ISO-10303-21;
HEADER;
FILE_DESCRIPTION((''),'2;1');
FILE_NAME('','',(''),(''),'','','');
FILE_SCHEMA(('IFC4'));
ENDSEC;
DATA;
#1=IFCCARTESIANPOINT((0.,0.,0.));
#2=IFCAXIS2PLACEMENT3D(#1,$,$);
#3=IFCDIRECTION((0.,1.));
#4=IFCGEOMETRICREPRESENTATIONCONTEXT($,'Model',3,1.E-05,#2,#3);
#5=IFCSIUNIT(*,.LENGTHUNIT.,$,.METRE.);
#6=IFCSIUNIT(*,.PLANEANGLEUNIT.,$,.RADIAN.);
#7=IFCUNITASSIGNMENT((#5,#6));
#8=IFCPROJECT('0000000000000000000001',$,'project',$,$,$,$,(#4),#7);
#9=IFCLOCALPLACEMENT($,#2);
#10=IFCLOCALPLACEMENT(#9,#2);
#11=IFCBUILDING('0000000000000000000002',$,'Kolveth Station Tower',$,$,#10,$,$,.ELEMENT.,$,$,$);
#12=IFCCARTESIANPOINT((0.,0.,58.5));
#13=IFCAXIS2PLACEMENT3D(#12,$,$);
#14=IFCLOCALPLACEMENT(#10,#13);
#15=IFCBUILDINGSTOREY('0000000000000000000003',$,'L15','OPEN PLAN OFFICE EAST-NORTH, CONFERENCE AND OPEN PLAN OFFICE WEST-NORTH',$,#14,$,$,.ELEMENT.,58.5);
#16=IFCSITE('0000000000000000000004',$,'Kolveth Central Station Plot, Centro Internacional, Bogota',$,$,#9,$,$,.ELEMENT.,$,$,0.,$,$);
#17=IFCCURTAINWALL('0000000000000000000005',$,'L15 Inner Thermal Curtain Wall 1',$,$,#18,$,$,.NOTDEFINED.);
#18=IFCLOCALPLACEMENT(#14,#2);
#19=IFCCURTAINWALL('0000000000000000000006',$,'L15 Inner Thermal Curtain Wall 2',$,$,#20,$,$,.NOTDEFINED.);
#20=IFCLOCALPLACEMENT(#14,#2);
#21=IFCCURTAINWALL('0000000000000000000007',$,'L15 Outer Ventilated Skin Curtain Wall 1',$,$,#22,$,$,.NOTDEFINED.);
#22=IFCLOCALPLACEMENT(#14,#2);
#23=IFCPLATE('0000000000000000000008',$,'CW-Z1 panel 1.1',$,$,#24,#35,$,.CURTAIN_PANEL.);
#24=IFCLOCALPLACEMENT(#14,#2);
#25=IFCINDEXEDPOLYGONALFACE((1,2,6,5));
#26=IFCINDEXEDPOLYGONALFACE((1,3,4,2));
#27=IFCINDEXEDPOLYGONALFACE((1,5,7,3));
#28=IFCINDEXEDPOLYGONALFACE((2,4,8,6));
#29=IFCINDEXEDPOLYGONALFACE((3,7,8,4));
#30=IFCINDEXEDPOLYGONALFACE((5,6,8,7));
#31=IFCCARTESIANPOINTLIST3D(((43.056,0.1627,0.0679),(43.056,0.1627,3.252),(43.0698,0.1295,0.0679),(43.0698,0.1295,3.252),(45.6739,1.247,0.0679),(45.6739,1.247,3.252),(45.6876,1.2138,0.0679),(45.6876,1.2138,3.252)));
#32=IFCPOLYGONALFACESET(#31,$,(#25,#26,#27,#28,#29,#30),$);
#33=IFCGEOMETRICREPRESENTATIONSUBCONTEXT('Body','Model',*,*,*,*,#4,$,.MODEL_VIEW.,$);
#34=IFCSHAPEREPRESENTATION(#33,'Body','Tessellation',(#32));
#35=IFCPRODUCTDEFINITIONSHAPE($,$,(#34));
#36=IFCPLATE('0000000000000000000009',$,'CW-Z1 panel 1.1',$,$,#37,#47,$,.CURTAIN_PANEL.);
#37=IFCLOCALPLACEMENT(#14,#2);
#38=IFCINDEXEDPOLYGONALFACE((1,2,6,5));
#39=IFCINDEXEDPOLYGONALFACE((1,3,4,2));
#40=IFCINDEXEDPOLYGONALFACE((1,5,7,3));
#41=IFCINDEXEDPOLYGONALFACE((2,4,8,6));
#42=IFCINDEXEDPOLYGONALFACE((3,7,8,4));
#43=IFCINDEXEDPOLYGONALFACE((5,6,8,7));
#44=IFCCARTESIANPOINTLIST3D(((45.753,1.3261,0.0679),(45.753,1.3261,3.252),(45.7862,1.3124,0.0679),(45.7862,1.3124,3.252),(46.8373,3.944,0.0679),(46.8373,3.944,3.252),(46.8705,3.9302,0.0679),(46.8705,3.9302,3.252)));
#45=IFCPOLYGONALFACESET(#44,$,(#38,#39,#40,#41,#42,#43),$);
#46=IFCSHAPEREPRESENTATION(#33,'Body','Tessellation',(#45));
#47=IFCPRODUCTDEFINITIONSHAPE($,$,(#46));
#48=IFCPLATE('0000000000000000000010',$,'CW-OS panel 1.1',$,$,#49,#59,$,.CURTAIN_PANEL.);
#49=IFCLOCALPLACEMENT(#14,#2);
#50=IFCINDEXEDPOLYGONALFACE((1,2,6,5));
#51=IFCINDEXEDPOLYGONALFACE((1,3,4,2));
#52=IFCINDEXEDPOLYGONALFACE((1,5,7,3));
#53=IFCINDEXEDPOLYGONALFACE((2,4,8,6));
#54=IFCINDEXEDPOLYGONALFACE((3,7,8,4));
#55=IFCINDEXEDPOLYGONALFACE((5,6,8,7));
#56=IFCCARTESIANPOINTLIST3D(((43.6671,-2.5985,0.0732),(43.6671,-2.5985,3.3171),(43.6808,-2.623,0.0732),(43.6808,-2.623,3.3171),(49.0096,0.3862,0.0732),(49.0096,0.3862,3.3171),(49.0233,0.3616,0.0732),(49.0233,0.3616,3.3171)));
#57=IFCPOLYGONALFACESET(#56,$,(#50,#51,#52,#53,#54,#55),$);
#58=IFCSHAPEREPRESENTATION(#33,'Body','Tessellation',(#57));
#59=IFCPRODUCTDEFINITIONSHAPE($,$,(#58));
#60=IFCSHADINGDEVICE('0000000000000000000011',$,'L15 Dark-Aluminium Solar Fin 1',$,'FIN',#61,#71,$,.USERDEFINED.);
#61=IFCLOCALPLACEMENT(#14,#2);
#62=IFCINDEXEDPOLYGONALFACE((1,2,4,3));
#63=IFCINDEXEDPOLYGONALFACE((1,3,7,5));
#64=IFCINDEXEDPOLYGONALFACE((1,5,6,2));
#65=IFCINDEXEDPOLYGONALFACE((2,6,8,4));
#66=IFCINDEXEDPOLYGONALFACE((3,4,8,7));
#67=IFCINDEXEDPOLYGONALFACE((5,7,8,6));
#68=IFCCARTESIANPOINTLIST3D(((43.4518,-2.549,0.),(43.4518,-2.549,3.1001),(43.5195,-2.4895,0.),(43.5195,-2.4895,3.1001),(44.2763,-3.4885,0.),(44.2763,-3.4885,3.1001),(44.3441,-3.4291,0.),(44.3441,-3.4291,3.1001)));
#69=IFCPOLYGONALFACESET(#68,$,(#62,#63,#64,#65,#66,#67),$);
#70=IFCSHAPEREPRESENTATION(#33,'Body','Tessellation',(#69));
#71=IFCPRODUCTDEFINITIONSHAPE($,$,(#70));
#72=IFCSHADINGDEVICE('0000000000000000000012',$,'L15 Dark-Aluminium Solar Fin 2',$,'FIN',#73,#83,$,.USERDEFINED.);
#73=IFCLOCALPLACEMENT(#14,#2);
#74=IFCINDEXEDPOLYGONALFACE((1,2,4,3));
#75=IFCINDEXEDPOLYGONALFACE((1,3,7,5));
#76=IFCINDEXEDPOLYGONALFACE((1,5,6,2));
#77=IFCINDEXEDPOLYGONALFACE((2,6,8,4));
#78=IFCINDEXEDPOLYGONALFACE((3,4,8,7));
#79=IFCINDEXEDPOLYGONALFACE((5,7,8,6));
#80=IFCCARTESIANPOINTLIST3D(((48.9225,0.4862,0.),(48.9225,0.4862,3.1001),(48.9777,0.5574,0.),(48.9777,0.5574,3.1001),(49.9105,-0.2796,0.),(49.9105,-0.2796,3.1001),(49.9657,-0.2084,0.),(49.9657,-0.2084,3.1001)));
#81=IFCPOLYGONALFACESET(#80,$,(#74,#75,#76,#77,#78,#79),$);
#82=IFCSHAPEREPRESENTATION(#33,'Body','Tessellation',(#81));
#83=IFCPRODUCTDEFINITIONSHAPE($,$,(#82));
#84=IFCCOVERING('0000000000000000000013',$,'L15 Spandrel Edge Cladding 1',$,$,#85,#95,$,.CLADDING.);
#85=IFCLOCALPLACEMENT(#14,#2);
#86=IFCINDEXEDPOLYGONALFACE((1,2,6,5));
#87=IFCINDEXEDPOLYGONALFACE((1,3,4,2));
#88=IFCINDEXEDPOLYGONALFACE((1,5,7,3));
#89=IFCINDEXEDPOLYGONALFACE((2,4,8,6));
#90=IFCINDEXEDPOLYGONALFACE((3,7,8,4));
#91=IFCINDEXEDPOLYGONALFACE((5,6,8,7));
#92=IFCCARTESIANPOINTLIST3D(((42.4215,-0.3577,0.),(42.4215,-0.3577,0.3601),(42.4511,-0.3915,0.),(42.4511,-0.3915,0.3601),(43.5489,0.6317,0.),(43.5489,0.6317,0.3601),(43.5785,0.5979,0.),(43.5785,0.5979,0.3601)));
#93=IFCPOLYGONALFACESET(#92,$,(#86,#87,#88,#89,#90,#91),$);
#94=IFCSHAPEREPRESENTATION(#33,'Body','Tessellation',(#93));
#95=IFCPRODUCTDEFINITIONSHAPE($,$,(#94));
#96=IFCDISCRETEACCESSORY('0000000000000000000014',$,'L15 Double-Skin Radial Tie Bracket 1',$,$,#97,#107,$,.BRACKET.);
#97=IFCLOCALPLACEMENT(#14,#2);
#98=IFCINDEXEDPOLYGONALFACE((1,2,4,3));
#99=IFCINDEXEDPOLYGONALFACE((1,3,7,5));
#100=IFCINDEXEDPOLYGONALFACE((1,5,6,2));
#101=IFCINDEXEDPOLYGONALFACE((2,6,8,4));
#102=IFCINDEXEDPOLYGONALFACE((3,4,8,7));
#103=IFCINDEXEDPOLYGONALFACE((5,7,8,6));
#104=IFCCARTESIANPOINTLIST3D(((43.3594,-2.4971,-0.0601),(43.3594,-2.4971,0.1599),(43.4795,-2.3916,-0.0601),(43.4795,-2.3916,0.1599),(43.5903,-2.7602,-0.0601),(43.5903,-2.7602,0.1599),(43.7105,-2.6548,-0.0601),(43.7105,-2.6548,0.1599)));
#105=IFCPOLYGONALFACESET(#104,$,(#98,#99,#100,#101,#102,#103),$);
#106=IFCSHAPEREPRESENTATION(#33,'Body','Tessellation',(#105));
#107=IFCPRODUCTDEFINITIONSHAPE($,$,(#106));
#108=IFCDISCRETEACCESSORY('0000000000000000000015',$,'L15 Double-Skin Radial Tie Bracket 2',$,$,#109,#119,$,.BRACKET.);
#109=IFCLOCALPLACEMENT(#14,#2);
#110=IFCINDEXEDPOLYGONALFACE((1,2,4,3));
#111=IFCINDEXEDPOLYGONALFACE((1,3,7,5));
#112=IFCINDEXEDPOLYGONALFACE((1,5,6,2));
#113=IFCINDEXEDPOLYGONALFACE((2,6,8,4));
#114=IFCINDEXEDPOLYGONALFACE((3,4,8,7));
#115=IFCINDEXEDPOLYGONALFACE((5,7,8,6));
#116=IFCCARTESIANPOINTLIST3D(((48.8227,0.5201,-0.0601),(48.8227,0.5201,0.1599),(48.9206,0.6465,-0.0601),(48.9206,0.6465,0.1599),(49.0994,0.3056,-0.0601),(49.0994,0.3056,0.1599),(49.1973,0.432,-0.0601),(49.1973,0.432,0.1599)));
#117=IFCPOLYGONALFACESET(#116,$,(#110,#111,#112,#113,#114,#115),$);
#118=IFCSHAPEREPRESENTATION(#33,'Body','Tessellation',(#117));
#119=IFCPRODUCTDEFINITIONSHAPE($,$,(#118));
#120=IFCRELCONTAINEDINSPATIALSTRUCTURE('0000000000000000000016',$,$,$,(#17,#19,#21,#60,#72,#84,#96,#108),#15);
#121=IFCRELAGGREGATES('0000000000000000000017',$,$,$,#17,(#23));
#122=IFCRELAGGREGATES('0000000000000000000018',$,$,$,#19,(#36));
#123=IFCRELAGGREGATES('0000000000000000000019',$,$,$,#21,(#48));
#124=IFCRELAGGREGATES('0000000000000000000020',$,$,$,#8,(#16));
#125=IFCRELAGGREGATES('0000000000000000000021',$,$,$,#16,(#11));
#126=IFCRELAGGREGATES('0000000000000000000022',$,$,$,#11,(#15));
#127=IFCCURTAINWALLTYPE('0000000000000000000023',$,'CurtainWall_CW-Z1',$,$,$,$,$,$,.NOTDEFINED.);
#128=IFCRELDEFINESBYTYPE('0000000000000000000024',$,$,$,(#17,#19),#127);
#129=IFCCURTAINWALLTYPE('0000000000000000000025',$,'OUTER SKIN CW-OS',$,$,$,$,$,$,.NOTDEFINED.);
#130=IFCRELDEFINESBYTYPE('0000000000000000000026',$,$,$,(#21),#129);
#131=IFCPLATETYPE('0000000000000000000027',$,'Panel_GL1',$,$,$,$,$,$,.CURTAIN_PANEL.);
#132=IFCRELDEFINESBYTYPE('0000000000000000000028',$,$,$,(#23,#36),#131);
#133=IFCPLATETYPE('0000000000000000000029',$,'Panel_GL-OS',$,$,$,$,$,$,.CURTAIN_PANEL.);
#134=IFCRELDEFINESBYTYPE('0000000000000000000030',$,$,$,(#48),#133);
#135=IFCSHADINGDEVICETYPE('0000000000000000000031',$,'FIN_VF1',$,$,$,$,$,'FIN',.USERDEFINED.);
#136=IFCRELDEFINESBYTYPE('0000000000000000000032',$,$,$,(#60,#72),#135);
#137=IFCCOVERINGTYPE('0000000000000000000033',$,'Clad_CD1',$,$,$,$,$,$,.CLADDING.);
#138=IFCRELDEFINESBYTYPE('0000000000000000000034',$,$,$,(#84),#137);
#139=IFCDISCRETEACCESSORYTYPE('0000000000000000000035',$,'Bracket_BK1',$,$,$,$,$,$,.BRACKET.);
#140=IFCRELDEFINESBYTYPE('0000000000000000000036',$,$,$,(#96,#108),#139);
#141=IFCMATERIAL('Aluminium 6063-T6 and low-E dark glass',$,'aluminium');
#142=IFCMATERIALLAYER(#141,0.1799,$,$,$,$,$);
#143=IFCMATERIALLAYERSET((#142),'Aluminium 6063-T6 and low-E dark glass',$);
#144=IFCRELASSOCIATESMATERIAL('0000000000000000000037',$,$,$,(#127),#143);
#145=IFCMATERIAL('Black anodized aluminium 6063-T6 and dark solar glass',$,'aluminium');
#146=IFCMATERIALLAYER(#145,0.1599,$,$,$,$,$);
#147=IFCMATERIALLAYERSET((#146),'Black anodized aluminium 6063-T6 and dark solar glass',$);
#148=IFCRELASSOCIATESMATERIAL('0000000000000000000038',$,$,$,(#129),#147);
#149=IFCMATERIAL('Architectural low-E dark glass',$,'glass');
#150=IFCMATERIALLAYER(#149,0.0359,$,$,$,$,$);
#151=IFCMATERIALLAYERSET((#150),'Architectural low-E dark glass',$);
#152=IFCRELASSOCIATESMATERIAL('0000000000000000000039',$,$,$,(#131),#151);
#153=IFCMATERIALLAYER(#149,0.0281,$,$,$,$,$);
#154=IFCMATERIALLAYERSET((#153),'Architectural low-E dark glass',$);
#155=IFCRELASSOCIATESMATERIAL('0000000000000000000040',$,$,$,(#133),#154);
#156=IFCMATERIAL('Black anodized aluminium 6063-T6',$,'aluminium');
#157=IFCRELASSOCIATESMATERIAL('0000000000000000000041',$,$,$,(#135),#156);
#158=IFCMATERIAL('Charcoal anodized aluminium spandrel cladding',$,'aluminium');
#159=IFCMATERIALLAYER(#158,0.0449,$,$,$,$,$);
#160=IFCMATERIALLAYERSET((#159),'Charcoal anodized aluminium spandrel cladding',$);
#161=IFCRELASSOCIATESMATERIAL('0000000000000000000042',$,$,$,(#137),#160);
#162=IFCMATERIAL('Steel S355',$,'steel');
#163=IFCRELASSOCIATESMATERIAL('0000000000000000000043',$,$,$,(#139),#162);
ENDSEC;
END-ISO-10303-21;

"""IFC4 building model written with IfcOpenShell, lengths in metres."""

from ifc_helpers import new_model, si_unit, direction, frame, origin, origin_2d, place, context, subcontext, project, spatial, rectangle, extrude, source, transform, mapped, material, layer, layer_set, type_object, element, aggregate, save


model = new_model("IFC4")

# Units and contexts
model_context = context("Model", 3, precision=1e-05, world=origin(), true_north=direction((0.0, 1.0)))
body_context = subcontext(model_context, "Body", "Model", "MODEL_VIEW")
ifc_project = project(units=[si_unit("LENGTHUNIT", "METRE"), si_unit("PLANEANGLEUNIT", "RADIAN")], contexts=[model_context])

# Site, building, storey
site_placement = place(None, origin())
site = spatial("IfcSite", under=ifc_project, at=site_placement, Name="Kolveth Central Station Plot, Centro Internacional, Bogota", CompositionType="ELEMENT", RefElevation=0.0)
building_placement = place(site_placement, origin())
building = spatial("IfcBuilding", under=site, at=building_placement, Name="Kolveth Station Tower", CompositionType="ELEMENT")
storey_placement = place(building_placement, frame((0.0, 0.0, 58.5)))
storey = spatial("IfcBuildingStorey", under=building, at=storey_placement, Name="L15", Description="OPEN PLAN OFFICE EAST-NORTH, CONFERENCE AND OPEN PLAN OFFICE WEST-NORTH", CompositionType="ELEMENT", Elevation=58.5)

# Shared definitions
ifc_material_1 = material(Name="Steel S355", Category="steel")

# Curtain wall
ifc_material_2 = material(Name="Aluminium 6063-T6 and low-E dark glass", Category="aluminium")
ifc_layer_1 = layer(ifc_material_2, 0.1799)
ifc_layer_set_1 = layer_set([ifc_layer_1], Name="Aluminium 6063-T6 and low-E dark glass")
curtain_wall_type_1 = type_object("IfcCurtainWallType", Name="CurtainWall_CW-Z1", PredefinedType="NOTDEFINED", material=ifc_layer_set_1)
curtain_wall_1_placement = place(storey_placement, origin())
curtain_wall_1 = element("IfcCurtainWall", 1, at=curtain_wall_1_placement, inside=storey, type_object=curtain_wall_type_1, Name="L15 Inner Thermal Curtain Wall 1", PredefinedType="NOTDEFINED")
ifc_material_3 = material(Name="Black anodized aluminium 6063-T6", Category="aluminium")

# Curtain wall
curtain_wall_2_placement = place(storey_placement, origin())
curtain_wall_2 = element("IfcCurtainWall", 2, at=curtain_wall_2_placement, inside=storey, type_object=curtain_wall_type_1, Name="L15 Inner Thermal Curtain Wall 2", PredefinedType="NOTDEFINED")

# Curtain wall
ifc_material_4 = material(Name="Black anodized aluminium 6063-T6 and dark solar glass", Category="aluminium")
ifc_layer_2 = layer(ifc_material_4, 0.1599)
ifc_layer_set_2 = layer_set([ifc_layer_2], Name="Black anodized aluminium 6063-T6 and dark solar glass")
curtain_wall_type_2 = type_object("IfcCurtainWallType", Name="OUTER SKIN CW-OS", PredefinedType="NOTDEFINED", material=ifc_layer_set_2)
curtain_wall_3_placement = place(storey_placement, origin())
curtain_wall_3 = element("IfcCurtainWall", 3, at=curtain_wall_3_placement, inside=storey, type_object=curtain_wall_type_2, Name="L15 Outer Ventilated Skin Curtain Wall 1", PredefinedType="NOTDEFINED")

# Plates
ifc_material_5 = material(Name="Architectural low-E dark glass", Category="glass")
ifc_layer_3 = layer(ifc_material_5, 0.0359)
ifc_layer_set_3 = layer_set([ifc_layer_3], Name="Architectural low-E dark glass")
plate_type_1 = type_object("IfcPlateType", Name="Panel_GL1", PredefinedType="CURTAIN_PANEL", material=ifc_layer_set_3)
shared_shape_1 = source(origin(), body_context, "Body", "SweptSolid", [
    extrude(rectangle(XDim=2.8335, YDim=0.0359, at=origin_2d()), origin(), (0.0, 0.0, 1.0), 3.1841),
])
plate_1_placement = place(storey_placement, frame((44.3718, 0.6882, 0.0679), z_axis=(0.0, 0.0, 1.0), x_axis=(0.923884, 0.382673, 0.0)))
plate_1 = element("IfcPlate", 4, at=plate_1_placement, type_object=plate_type_1, Name="CW-Z1 panel 1.1", PredefinedType="CURTAIN_PANEL", context=body_context, shape_type="MappedRepresentation", body=[
    mapped(shared_shape_1, transform((0.0, 0.0, 0.0), x_axis=(1.0, 0.0, 0.0), y_axis=(0.0, 1.0, 0.0), z_axis=(0.0, 0.0, 1.0), scale=1.0)),
])
aggregate(curtain_wall_1, [plate_1])
plate_2_placement = place(storey_placement, frame((46.3118, 2.6282, 0.0679), z_axis=(0.0, 0.0, 1.0), x_axis=(0.382673, 0.923884, 0.0)))
plate_2 = element("IfcPlate", 5, at=plate_2_placement, type_object=plate_type_1, Name="CW-Z1 panel 1.1", PredefinedType="CURTAIN_PANEL", context=body_context, shape_type="MappedRepresentation", body=[
    mapped(shared_shape_1, transform((0.0, 0.0, 0.0), x_axis=(1.0, 0.0, 0.0), y_axis=(0.0, 1.0, 0.0), z_axis=(0.0, 0.0, 1.0), scale=1.0)),
])
aggregate(curtain_wall_2, [plate_2])
ifc_layer_4 = layer(ifc_material_5, 0.0281)
ifc_layer_set_4 = layer_set([ifc_layer_4], Name="Architectural low-E dark glass")
plate_type_2 = type_object("IfcPlateType", Name="Panel_GL-OS", PredefinedType="CURTAIN_PANEL", material=ifc_layer_set_4)
shared_shape_2 = source(origin(), body_context, "Body", "SweptSolid", [
    extrude(rectangle(XDim=6.1196, YDim=0.0281, at=origin_2d()), origin(), (0.0, 0.0, 1.0), 3.2439),
])
plate_3_placement = place(storey_placement, frame((46.3452, -1.1184, 0.0732), z_axis=(0.0, 0.0, 1.0), x_axis=(0.873004, 0.487714, 0.0)))
plate_3 = element("IfcPlate", 6, at=plate_3_placement, type_object=plate_type_2, Name="CW-OS panel 1.1", PredefinedType="CURTAIN_PANEL", context=body_context, shape_type="MappedRepresentation", body=[
    mapped(shared_shape_2, transform((0.0, 0.0, 0.0), x_axis=(1.0, 0.0, 0.0), y_axis=(0.0, 1.0, 0.0), z_axis=(0.0, 0.0, 1.0), scale=1.0)),
])
aggregate(curtain_wall_3, [plate_3])

# Shading devices
shading_device_type = type_object("IfcShadingDeviceType", Name="FIN_VF1", ElementType="FIN", PredefinedType="USERDEFINED", material=ifc_material_3)
shared_shape_3 = source(origin(), body_context, "Body", "SweptSolid", [
    extrude(rectangle(XDim=1.25, YDim=0.0901, at=origin_2d()), origin(), (0.0, 0.0, 1.0), 3.1001),
])
for number, where, z_axis, x_axis, name in (
    (7, (43.8979, -2.989, 0.0), (0.0, 0.0, 1.0), (0.659608, -0.75161, 0.0), "L15 Dark-Aluminium Solar Fin 1"),
    (8, (49.4441, 0.1389, 0.0), (0.0, 0.0, 1.0), (0.790369, -0.612631, 0.0), "L15 Dark-Aluminium Solar Fin 2"),
):
    element("IfcShadingDevice", number, at=place(storey_placement, frame(where, z_axis=z_axis, x_axis=x_axis)), inside=storey, type_object=shading_device_type, Name=name, ObjectType="FIN", PredefinedType="USERDEFINED", context=body_context, shape_type="MappedRepresentation", body=[
        mapped(shared_shape_3, transform((0.0, 0.0, 0.0), x_axis=(1.0, 0.0, 0.0), y_axis=(0.0, 1.0, 0.0), z_axis=(0.0, 0.0, 1.0), scale=1.0)),
    ])

# Covering
ifc_material_6 = material(Name="Charcoal anodized aluminium spandrel cladding", Category="aluminium")
ifc_layer_5 = layer(ifc_material_6, 0.0449)
ifc_layer_set_5 = layer_set([ifc_layer_5], Name="Charcoal anodized aluminium spandrel cladding")
covering_type = type_object("IfcCoveringType", Name="Clad_CD1", PredefinedType="CLADDING", material=ifc_layer_set_5)
shared_shape_4 = source(origin(), body_context, "Body", "SweptSolid", [
    extrude(rectangle(XDim=1.5, YDim=0.0449, at=origin_2d()), origin(), (0.0, 0.0, 1.0), 0.3601),
])
covering_placement = place(storey_placement, frame((43.0, 0.1201, 0.0), z_axis=(0.0, 0.0, 1.0), x_axis=(0.75161, 0.659608, 0.0)))
element("IfcCovering", 9, at=covering_placement, inside=storey, type_object=covering_type, Name="L15 Spandrel Edge Cladding 1", PredefinedType="CLADDING", context=body_context, shape_type="MappedRepresentation", body=[
    mapped(shared_shape_4, transform((0.0, 0.0, 0.0), x_axis=(1.0, 0.0, 0.0), y_axis=(0.0, 1.0, 0.0), z_axis=(0.0, 0.0, 1.0), scale=1.0)),
])

# Discrete accessories
discrete_accessory_type = type_object("IfcDiscreteAccessoryType", Name="Bracket_BK1", PredefinedType="BRACKET", material=ifc_material_1)
shared_shape_5 = source(origin(), body_context, "Body", "SweptSolid", [
    extrude(rectangle(XDim=0.3501, YDim=0.1599, at=origin_2d()), origin(), (0.0, 0.0, 1.0), 0.22),
])
for number, where, z_axis, x_axis, name in (
    (10, (43.5349, -2.5759, -0.0601), (0.0, 0.0, 1.0), (0.659608, -0.75161, 0.0), "L15 Double-Skin Radial Tie Bracket 1"),
    (11, (49.01, 0.4761, -0.0601), (0.0, 0.0, 1.0), (0.790369, -0.612631, 0.0), "L15 Double-Skin Radial Tie Bracket 2"),
):
    element("IfcDiscreteAccessory", number, at=place(storey_placement, frame(where, z_axis=z_axis, x_axis=x_axis)), inside=storey, type_object=discrete_accessory_type, Name=name, PredefinedType="BRACKET", context=body_context, shape_type="MappedRepresentation", body=[
        mapped(shared_shape_5, transform((0.0, 0.0, 0.0), x_axis=(1.0, 0.0, 0.0), y_axis=(0.0, 1.0, 0.0), z_axis=(0.0, 0.0, 1.0), scale=1.0)),
    ])

save(model, "model.ifc")
